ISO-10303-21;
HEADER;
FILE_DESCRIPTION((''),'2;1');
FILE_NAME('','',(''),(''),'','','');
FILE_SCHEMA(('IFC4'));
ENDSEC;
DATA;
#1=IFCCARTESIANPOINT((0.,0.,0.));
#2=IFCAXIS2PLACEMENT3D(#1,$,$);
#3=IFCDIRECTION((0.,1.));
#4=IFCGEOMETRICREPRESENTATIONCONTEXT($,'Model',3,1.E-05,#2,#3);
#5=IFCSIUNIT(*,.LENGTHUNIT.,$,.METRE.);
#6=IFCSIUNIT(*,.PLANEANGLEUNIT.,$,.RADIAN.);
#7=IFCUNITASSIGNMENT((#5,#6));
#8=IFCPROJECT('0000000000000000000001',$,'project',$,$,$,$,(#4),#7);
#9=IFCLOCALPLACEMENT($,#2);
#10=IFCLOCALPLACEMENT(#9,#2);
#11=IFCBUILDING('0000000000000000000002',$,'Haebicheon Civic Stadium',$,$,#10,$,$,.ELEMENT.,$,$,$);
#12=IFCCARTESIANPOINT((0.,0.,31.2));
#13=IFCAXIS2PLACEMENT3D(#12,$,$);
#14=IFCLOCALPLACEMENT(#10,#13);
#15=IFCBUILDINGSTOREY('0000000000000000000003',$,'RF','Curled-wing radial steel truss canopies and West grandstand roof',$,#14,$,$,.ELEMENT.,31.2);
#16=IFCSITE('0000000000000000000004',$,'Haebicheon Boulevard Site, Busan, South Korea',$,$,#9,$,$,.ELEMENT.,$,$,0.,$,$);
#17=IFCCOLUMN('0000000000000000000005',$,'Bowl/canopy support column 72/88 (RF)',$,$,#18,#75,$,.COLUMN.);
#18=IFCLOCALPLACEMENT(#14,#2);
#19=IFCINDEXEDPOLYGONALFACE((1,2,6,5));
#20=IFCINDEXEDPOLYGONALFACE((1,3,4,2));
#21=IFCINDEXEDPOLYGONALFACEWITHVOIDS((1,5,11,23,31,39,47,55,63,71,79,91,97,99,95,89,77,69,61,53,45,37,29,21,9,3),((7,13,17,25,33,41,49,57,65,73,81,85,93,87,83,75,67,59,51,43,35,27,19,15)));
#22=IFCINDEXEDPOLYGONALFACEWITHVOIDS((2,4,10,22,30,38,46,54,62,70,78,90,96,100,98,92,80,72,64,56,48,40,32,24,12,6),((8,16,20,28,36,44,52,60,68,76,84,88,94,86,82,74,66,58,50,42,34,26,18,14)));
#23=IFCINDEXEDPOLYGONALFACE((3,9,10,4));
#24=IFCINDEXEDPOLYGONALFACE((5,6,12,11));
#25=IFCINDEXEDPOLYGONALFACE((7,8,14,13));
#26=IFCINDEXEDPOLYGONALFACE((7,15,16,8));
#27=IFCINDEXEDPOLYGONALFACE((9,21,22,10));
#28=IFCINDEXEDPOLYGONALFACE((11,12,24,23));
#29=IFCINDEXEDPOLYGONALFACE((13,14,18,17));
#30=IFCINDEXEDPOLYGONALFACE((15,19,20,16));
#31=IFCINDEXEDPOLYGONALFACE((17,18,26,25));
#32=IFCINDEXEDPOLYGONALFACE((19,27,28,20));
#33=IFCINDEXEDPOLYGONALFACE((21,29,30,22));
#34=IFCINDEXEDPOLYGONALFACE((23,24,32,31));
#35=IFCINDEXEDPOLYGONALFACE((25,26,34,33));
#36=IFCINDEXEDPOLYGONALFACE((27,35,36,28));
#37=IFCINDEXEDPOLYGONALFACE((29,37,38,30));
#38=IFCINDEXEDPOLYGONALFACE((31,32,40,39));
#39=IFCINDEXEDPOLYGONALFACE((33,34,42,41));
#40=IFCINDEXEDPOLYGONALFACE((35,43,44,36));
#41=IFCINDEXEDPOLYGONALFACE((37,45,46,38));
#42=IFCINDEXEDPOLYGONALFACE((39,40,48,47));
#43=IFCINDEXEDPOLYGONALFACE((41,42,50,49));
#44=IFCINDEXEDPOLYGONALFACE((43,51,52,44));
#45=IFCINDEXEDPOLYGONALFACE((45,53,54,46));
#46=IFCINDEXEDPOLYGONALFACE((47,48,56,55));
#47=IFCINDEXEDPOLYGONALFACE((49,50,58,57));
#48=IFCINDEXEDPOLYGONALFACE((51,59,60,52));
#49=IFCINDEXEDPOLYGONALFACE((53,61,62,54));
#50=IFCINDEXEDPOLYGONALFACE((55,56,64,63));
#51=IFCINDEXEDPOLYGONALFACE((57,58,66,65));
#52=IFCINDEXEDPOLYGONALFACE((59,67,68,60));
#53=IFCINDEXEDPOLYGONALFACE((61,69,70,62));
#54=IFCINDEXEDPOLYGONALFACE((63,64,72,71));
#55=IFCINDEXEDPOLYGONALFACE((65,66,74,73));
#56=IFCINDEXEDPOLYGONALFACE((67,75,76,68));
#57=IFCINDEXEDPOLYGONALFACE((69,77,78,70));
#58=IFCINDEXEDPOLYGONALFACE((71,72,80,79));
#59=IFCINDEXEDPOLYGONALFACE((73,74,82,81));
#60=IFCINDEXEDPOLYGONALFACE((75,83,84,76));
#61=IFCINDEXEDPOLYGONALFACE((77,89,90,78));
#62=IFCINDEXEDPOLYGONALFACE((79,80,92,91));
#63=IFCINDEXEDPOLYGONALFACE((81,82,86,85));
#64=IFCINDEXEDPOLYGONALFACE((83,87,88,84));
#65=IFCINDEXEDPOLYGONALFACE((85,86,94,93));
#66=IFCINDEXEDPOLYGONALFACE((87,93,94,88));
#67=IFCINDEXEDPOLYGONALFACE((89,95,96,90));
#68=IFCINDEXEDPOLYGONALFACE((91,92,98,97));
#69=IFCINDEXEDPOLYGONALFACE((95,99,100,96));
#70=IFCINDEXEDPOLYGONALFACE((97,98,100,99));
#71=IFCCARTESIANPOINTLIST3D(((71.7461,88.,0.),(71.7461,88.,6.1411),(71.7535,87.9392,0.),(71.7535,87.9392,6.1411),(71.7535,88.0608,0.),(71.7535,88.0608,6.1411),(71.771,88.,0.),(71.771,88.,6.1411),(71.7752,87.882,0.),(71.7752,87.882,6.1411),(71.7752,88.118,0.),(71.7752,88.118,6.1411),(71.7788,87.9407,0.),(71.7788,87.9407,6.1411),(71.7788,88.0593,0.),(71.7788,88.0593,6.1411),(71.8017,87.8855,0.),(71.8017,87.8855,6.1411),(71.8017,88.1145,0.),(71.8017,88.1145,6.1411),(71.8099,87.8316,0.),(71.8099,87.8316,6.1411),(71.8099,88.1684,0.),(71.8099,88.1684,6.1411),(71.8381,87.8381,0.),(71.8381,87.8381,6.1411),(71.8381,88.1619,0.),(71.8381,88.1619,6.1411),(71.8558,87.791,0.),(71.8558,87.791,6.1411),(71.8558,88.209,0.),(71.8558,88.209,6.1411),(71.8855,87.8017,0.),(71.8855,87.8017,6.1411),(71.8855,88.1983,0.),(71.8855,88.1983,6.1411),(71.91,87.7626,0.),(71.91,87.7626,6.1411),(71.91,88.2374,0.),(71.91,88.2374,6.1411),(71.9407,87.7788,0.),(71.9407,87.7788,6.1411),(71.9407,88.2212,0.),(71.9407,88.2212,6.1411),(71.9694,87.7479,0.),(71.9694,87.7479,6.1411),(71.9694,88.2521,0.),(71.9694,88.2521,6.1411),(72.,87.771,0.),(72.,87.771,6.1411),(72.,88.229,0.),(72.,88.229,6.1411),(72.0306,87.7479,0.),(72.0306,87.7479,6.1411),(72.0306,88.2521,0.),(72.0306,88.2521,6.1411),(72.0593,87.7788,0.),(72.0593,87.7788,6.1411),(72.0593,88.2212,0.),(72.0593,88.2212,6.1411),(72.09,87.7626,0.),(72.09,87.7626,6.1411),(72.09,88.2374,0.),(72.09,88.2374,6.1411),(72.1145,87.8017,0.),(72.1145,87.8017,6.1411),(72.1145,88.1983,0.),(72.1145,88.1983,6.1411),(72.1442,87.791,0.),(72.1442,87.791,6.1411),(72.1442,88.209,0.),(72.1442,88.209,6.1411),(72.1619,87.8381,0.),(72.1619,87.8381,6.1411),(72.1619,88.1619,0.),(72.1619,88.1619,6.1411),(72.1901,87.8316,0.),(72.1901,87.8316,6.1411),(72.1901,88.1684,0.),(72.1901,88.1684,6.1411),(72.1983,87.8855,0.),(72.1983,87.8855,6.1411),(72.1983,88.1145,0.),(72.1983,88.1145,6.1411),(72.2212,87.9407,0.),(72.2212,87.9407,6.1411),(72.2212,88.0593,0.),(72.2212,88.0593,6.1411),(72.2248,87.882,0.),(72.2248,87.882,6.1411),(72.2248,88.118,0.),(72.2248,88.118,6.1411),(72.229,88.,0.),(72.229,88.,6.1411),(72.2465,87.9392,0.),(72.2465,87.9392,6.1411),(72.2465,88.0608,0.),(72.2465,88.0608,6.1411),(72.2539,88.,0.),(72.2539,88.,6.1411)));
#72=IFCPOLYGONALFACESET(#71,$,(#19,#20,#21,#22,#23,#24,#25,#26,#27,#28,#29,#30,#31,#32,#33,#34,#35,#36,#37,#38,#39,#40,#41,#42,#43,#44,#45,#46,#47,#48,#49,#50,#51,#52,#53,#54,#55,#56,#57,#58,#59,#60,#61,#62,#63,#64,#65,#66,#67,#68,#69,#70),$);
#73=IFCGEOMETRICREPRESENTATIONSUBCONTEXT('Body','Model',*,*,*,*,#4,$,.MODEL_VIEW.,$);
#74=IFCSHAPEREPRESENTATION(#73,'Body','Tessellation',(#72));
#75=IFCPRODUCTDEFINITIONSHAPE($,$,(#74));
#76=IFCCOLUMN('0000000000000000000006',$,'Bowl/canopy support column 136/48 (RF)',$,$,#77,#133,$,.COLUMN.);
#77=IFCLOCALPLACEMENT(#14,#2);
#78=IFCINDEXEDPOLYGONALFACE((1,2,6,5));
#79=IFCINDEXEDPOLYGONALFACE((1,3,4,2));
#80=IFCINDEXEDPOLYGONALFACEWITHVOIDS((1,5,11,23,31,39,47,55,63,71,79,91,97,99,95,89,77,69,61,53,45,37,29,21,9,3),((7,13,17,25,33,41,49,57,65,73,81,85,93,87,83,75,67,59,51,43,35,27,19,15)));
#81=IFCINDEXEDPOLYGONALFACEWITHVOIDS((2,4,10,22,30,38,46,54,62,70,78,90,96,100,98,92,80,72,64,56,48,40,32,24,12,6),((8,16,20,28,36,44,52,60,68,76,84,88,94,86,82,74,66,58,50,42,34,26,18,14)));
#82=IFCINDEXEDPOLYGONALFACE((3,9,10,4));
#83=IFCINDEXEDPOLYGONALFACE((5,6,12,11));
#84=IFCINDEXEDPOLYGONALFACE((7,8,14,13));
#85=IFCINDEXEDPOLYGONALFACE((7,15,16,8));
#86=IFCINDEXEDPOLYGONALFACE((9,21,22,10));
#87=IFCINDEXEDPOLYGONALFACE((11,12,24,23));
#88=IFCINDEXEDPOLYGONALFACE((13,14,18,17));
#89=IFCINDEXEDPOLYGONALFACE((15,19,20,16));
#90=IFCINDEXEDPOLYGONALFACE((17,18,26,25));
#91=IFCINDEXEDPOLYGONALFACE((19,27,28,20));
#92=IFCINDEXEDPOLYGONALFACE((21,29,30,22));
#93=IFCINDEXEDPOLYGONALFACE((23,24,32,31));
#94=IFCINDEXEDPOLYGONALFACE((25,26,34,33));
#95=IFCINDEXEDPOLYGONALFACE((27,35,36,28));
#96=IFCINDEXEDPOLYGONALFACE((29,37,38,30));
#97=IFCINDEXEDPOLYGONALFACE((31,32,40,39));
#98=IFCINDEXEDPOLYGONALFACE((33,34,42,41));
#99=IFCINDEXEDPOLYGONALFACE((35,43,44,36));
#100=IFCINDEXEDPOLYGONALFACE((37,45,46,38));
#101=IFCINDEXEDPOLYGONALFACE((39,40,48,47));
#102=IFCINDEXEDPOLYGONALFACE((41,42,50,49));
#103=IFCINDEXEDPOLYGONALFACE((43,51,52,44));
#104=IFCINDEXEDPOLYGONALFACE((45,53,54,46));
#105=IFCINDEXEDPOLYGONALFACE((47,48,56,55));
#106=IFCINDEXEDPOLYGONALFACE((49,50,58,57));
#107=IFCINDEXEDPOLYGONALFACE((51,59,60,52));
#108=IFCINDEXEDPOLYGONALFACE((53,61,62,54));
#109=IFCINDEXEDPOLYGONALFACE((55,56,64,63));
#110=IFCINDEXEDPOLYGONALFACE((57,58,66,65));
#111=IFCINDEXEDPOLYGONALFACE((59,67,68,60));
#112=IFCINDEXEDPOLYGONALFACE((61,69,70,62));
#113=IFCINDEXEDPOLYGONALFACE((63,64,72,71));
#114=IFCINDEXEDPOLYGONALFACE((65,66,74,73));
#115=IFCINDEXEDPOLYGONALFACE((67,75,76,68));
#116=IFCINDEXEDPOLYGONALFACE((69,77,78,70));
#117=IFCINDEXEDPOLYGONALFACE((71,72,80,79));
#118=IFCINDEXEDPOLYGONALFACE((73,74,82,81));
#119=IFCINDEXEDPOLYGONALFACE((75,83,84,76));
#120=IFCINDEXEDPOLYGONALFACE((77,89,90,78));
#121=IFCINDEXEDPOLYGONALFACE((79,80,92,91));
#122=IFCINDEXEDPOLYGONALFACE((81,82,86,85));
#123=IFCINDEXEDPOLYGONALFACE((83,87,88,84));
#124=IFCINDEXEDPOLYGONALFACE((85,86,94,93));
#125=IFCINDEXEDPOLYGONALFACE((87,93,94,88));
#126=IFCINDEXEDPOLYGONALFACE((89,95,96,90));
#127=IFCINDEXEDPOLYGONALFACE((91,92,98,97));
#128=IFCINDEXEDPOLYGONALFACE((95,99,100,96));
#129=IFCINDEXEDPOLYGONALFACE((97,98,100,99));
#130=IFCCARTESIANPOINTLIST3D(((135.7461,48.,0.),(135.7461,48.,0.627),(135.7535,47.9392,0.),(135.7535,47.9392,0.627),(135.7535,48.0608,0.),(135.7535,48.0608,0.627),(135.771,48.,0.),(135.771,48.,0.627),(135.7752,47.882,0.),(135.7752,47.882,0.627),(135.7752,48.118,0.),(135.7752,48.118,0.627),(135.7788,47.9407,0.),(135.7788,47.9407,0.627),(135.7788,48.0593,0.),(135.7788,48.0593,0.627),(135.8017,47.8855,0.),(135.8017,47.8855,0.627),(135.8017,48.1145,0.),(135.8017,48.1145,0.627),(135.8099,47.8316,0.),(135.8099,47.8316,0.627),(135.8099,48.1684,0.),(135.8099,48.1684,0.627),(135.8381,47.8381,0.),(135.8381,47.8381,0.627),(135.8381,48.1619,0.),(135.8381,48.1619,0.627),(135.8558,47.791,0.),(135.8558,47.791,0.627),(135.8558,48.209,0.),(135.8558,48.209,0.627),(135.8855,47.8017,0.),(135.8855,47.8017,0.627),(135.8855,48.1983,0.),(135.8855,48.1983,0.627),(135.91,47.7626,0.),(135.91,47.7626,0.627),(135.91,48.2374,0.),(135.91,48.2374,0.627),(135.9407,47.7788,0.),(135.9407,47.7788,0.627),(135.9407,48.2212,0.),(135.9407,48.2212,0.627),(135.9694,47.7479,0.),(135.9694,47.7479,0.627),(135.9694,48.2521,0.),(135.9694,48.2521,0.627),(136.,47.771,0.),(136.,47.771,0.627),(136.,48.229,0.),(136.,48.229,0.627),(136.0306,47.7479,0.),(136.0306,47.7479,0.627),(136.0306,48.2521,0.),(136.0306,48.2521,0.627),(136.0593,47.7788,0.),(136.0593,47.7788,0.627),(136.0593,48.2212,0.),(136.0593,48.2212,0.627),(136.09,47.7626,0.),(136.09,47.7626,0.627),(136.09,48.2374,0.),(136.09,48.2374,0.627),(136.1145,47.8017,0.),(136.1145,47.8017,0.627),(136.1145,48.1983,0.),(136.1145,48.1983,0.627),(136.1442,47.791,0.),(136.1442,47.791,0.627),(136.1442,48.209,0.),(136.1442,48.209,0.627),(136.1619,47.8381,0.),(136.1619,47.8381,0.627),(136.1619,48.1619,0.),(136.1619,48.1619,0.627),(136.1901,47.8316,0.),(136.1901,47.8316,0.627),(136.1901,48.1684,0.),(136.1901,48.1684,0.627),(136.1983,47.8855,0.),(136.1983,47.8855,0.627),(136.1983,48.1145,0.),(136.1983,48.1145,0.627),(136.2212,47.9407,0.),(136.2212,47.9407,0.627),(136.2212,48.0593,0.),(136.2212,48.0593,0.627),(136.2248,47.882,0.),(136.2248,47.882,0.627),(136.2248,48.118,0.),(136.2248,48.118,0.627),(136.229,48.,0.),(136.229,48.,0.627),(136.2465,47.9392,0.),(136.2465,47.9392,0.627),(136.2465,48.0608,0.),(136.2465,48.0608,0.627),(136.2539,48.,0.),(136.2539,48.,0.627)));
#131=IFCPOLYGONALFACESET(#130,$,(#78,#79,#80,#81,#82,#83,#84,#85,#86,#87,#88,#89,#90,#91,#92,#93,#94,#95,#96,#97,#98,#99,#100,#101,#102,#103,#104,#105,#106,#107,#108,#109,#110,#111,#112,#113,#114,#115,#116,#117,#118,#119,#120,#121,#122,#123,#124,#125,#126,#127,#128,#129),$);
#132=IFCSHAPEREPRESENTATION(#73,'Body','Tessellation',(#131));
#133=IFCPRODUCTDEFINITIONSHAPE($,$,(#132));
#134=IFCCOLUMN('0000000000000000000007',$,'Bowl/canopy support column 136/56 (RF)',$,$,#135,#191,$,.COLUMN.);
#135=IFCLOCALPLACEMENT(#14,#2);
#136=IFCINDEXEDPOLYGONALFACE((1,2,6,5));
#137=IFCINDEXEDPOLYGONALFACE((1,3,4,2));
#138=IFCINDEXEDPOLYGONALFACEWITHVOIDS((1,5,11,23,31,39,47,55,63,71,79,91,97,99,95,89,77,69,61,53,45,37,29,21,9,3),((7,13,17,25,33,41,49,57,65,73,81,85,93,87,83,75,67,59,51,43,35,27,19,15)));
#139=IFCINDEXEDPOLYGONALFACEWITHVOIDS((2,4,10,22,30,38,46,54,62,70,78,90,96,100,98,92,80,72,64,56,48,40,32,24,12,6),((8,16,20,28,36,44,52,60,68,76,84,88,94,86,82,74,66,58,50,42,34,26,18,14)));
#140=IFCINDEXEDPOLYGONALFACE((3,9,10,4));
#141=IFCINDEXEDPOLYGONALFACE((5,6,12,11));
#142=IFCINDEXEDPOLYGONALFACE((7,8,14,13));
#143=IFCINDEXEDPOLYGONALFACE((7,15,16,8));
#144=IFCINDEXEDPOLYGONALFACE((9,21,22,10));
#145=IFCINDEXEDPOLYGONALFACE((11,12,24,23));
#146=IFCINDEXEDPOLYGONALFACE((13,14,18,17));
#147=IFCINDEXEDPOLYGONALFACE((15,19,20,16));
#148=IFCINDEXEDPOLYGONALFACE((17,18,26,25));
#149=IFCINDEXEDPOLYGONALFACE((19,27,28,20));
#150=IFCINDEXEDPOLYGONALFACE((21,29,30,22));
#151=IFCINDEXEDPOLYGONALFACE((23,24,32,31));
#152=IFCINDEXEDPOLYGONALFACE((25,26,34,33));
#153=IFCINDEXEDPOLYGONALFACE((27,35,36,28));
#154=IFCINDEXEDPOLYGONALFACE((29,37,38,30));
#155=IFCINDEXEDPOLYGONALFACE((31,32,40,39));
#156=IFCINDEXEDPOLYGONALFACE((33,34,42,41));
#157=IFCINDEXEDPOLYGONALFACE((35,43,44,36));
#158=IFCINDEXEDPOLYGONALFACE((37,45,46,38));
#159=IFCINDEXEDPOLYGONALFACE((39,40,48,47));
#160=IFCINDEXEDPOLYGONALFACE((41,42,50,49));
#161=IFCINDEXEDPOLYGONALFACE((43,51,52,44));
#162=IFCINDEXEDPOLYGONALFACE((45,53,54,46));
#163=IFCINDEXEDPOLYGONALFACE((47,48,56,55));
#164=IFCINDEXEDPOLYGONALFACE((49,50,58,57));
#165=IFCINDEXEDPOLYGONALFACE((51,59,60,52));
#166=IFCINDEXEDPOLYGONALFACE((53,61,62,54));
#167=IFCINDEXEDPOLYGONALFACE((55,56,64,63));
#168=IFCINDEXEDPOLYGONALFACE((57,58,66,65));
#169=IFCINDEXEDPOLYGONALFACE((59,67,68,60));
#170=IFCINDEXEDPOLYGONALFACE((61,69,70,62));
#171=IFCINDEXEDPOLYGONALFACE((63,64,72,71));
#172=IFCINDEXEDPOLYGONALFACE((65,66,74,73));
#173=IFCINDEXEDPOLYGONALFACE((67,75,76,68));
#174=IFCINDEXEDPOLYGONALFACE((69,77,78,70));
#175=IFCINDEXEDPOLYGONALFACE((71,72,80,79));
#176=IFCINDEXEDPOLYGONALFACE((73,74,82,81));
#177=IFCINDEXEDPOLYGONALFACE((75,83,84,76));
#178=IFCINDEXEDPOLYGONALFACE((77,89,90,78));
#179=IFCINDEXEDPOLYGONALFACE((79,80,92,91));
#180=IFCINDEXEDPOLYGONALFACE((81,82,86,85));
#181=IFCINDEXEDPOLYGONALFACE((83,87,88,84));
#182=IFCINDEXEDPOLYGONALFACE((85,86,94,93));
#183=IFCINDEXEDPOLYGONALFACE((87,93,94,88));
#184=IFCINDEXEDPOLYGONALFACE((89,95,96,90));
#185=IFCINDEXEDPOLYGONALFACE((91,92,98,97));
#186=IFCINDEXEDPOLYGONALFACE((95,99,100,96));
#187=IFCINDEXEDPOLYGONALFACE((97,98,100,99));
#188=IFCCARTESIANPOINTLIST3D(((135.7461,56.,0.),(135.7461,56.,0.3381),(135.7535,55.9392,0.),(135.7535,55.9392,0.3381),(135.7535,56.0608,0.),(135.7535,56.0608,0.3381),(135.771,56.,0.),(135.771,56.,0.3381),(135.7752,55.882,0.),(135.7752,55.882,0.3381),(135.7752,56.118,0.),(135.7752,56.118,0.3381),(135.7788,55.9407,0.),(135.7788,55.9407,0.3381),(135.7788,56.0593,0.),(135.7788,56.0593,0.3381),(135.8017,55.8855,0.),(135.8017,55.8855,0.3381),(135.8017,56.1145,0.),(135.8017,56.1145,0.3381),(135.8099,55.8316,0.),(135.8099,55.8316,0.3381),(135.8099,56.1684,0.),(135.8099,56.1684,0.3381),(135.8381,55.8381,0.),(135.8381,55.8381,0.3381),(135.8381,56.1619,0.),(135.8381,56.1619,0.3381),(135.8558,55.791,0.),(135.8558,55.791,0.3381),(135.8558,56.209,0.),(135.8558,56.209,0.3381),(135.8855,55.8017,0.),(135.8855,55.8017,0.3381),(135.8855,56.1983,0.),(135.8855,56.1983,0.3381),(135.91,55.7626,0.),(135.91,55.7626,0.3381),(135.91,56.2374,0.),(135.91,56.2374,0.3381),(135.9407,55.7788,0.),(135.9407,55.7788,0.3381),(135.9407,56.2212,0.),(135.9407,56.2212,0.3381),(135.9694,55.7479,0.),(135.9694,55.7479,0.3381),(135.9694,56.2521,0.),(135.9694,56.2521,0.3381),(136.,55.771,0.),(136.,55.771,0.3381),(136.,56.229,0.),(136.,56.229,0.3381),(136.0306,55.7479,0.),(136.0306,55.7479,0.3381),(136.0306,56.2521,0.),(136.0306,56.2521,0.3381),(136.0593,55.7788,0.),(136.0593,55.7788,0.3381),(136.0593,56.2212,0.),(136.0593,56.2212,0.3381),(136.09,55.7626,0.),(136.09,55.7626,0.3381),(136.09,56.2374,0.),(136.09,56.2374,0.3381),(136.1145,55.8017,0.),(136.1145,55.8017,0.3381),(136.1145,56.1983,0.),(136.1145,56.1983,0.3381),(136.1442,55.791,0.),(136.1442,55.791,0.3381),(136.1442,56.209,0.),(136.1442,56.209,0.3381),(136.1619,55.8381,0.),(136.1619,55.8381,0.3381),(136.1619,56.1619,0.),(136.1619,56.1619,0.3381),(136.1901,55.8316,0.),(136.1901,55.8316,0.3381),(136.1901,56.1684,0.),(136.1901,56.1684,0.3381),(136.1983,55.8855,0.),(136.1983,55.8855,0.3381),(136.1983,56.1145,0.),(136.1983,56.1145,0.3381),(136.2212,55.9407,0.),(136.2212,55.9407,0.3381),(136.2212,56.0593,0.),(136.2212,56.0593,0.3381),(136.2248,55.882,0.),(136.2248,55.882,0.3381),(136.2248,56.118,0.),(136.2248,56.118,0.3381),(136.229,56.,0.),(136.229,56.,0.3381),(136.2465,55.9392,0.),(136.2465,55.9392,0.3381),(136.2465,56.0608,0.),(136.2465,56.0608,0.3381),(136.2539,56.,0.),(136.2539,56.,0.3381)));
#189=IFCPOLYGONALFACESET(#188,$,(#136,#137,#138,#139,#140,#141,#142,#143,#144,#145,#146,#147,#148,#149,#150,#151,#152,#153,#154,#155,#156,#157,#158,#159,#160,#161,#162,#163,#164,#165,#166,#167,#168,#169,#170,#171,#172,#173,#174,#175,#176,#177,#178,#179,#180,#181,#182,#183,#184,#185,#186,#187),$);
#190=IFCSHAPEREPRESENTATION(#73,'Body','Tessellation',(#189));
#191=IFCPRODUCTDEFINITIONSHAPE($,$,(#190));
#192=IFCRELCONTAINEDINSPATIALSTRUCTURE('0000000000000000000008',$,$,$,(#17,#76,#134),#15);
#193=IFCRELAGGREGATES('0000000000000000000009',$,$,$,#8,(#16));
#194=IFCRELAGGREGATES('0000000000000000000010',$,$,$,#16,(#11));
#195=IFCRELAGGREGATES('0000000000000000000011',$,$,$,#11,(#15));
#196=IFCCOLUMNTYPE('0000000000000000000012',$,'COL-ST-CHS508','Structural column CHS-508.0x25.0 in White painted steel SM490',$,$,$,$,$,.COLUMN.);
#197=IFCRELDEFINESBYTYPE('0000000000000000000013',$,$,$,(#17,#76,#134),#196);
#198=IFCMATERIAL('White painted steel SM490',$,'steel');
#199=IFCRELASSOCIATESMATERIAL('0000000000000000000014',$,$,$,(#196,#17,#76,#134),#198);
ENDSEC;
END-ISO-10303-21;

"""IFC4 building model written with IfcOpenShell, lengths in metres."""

from ifc_helpers import new_model, si_unit, direction, frame, origin, origin_2d, place, context, subcontext, project, spatial, hollow_circle, extrude, material, material_profile, profile_set, type_object, element, save


model = new_model("IFC4")

# Units and contexts
model_context = context("Model", 3, precision=1e-05, world=origin(), true_north=direction((0.0, 1.0)))
body_context = subcontext(model_context, "Body", "Model", "MODEL_VIEW")
ifc_project = project(units=[si_unit("LENGTHUNIT", "METRE"), si_unit("PLANEANGLEUNIT", "RADIAN")], contexts=[model_context])

# Site, building, storey
site_placement = place(None, origin())
site = spatial("IfcSite", under=ifc_project, at=site_placement, Name="Haebicheon Boulevard Site, Busan, South Korea", CompositionType="ELEMENT", RefElevation=0.0)
building_placement = place(site_placement, origin())
building = spatial("IfcBuilding", under=site, at=building_placement, Name="Haebicheon Civic Stadium", CompositionType="ELEMENT")
storey_placement = place(building_placement, frame((0.0, 0.0, 31.2)))
storey = spatial("IfcBuildingStorey", under=building, at=storey_placement, Name="RF", Description="Curled-wing radial steel truss canopies and West grandstand roof", CompositionType="ELEMENT", Elevation=31.2)

# Columns
ifc_material_1 = material(Name="White painted steel SM490", Category="steel")
ifc_material_profile_1 = material_profile(ifc_material_1, hollow_circle(Radius=0.2539, WallThickness=0.0249, at=origin_2d()), Name="CHS-508.0x25.0")
ifc_profile_set_1 = profile_set([ifc_material_profile_1], Name="White painted steel SM490")
column_type = type_object("IfcColumnType", Name="COL-ST-CHS508", Description="Structural column CHS-508.0x25.0 in White painted steel SM490", PredefinedType="COLUMN", material=ifc_profile_set_1)
column_1_placement = place(storey_placement, frame((72.0, 88.0, 0.0), z_axis=(0.0, 0.0, 1.0), x_axis=(1.0, 0.0, 0.0)))
element("IfcColumn", 1, at=column_1_placement, inside=storey, type_object=column_type, material=ifc_profile_set_1, Name="Bowl/canopy support column 72/88 (RF)", PredefinedType="COLUMN", context=body_context, shape_type="SweptSolid", body=[
    extrude(hollow_circle(Radius=0.2539, WallThickness=0.0249, at=origin_2d()), origin(), (0.0, 0.0, 1.0), 6.1411),
])
column_2_placement = place(storey_placement, frame((136.0, 48.0, 0.0), z_axis=(0.0, 0.0, 1.0), x_axis=(1.0, 0.0, 0.0)))
element("IfcColumn", 2, at=column_2_placement, inside=storey, type_object=column_type, material=ifc_profile_set_1, Name="Bowl/canopy support column 136/48 (RF)", PredefinedType="COLUMN", context=body_context, shape_type="SweptSolid", body=[
    extrude(hollow_circle(Radius=0.2539, WallThickness=0.0249, at=origin_2d()), origin(), (0.0, 0.0, 1.0), 0.627),
])
column_3_placement = place(storey_placement, frame((136.0, 56.0, 0.0), z_axis=(0.0, 0.0, 1.0), x_axis=(1.0, 0.0, 0.0)))
element("IfcColumn", 3, at=column_3_placement, inside=storey, type_object=column_type, material=ifc_profile_set_1, Name="Bowl/canopy support column 136/56 (RF)", PredefinedType="COLUMN", context=body_context, shape_type="SweptSolid", body=[
    extrude(hollow_circle(Radius=0.2539, WallThickness=0.0249, at=origin_2d()), origin(), (0.0, 0.0, 1.0), 0.3381),
])

save(model, "model.ifc")
